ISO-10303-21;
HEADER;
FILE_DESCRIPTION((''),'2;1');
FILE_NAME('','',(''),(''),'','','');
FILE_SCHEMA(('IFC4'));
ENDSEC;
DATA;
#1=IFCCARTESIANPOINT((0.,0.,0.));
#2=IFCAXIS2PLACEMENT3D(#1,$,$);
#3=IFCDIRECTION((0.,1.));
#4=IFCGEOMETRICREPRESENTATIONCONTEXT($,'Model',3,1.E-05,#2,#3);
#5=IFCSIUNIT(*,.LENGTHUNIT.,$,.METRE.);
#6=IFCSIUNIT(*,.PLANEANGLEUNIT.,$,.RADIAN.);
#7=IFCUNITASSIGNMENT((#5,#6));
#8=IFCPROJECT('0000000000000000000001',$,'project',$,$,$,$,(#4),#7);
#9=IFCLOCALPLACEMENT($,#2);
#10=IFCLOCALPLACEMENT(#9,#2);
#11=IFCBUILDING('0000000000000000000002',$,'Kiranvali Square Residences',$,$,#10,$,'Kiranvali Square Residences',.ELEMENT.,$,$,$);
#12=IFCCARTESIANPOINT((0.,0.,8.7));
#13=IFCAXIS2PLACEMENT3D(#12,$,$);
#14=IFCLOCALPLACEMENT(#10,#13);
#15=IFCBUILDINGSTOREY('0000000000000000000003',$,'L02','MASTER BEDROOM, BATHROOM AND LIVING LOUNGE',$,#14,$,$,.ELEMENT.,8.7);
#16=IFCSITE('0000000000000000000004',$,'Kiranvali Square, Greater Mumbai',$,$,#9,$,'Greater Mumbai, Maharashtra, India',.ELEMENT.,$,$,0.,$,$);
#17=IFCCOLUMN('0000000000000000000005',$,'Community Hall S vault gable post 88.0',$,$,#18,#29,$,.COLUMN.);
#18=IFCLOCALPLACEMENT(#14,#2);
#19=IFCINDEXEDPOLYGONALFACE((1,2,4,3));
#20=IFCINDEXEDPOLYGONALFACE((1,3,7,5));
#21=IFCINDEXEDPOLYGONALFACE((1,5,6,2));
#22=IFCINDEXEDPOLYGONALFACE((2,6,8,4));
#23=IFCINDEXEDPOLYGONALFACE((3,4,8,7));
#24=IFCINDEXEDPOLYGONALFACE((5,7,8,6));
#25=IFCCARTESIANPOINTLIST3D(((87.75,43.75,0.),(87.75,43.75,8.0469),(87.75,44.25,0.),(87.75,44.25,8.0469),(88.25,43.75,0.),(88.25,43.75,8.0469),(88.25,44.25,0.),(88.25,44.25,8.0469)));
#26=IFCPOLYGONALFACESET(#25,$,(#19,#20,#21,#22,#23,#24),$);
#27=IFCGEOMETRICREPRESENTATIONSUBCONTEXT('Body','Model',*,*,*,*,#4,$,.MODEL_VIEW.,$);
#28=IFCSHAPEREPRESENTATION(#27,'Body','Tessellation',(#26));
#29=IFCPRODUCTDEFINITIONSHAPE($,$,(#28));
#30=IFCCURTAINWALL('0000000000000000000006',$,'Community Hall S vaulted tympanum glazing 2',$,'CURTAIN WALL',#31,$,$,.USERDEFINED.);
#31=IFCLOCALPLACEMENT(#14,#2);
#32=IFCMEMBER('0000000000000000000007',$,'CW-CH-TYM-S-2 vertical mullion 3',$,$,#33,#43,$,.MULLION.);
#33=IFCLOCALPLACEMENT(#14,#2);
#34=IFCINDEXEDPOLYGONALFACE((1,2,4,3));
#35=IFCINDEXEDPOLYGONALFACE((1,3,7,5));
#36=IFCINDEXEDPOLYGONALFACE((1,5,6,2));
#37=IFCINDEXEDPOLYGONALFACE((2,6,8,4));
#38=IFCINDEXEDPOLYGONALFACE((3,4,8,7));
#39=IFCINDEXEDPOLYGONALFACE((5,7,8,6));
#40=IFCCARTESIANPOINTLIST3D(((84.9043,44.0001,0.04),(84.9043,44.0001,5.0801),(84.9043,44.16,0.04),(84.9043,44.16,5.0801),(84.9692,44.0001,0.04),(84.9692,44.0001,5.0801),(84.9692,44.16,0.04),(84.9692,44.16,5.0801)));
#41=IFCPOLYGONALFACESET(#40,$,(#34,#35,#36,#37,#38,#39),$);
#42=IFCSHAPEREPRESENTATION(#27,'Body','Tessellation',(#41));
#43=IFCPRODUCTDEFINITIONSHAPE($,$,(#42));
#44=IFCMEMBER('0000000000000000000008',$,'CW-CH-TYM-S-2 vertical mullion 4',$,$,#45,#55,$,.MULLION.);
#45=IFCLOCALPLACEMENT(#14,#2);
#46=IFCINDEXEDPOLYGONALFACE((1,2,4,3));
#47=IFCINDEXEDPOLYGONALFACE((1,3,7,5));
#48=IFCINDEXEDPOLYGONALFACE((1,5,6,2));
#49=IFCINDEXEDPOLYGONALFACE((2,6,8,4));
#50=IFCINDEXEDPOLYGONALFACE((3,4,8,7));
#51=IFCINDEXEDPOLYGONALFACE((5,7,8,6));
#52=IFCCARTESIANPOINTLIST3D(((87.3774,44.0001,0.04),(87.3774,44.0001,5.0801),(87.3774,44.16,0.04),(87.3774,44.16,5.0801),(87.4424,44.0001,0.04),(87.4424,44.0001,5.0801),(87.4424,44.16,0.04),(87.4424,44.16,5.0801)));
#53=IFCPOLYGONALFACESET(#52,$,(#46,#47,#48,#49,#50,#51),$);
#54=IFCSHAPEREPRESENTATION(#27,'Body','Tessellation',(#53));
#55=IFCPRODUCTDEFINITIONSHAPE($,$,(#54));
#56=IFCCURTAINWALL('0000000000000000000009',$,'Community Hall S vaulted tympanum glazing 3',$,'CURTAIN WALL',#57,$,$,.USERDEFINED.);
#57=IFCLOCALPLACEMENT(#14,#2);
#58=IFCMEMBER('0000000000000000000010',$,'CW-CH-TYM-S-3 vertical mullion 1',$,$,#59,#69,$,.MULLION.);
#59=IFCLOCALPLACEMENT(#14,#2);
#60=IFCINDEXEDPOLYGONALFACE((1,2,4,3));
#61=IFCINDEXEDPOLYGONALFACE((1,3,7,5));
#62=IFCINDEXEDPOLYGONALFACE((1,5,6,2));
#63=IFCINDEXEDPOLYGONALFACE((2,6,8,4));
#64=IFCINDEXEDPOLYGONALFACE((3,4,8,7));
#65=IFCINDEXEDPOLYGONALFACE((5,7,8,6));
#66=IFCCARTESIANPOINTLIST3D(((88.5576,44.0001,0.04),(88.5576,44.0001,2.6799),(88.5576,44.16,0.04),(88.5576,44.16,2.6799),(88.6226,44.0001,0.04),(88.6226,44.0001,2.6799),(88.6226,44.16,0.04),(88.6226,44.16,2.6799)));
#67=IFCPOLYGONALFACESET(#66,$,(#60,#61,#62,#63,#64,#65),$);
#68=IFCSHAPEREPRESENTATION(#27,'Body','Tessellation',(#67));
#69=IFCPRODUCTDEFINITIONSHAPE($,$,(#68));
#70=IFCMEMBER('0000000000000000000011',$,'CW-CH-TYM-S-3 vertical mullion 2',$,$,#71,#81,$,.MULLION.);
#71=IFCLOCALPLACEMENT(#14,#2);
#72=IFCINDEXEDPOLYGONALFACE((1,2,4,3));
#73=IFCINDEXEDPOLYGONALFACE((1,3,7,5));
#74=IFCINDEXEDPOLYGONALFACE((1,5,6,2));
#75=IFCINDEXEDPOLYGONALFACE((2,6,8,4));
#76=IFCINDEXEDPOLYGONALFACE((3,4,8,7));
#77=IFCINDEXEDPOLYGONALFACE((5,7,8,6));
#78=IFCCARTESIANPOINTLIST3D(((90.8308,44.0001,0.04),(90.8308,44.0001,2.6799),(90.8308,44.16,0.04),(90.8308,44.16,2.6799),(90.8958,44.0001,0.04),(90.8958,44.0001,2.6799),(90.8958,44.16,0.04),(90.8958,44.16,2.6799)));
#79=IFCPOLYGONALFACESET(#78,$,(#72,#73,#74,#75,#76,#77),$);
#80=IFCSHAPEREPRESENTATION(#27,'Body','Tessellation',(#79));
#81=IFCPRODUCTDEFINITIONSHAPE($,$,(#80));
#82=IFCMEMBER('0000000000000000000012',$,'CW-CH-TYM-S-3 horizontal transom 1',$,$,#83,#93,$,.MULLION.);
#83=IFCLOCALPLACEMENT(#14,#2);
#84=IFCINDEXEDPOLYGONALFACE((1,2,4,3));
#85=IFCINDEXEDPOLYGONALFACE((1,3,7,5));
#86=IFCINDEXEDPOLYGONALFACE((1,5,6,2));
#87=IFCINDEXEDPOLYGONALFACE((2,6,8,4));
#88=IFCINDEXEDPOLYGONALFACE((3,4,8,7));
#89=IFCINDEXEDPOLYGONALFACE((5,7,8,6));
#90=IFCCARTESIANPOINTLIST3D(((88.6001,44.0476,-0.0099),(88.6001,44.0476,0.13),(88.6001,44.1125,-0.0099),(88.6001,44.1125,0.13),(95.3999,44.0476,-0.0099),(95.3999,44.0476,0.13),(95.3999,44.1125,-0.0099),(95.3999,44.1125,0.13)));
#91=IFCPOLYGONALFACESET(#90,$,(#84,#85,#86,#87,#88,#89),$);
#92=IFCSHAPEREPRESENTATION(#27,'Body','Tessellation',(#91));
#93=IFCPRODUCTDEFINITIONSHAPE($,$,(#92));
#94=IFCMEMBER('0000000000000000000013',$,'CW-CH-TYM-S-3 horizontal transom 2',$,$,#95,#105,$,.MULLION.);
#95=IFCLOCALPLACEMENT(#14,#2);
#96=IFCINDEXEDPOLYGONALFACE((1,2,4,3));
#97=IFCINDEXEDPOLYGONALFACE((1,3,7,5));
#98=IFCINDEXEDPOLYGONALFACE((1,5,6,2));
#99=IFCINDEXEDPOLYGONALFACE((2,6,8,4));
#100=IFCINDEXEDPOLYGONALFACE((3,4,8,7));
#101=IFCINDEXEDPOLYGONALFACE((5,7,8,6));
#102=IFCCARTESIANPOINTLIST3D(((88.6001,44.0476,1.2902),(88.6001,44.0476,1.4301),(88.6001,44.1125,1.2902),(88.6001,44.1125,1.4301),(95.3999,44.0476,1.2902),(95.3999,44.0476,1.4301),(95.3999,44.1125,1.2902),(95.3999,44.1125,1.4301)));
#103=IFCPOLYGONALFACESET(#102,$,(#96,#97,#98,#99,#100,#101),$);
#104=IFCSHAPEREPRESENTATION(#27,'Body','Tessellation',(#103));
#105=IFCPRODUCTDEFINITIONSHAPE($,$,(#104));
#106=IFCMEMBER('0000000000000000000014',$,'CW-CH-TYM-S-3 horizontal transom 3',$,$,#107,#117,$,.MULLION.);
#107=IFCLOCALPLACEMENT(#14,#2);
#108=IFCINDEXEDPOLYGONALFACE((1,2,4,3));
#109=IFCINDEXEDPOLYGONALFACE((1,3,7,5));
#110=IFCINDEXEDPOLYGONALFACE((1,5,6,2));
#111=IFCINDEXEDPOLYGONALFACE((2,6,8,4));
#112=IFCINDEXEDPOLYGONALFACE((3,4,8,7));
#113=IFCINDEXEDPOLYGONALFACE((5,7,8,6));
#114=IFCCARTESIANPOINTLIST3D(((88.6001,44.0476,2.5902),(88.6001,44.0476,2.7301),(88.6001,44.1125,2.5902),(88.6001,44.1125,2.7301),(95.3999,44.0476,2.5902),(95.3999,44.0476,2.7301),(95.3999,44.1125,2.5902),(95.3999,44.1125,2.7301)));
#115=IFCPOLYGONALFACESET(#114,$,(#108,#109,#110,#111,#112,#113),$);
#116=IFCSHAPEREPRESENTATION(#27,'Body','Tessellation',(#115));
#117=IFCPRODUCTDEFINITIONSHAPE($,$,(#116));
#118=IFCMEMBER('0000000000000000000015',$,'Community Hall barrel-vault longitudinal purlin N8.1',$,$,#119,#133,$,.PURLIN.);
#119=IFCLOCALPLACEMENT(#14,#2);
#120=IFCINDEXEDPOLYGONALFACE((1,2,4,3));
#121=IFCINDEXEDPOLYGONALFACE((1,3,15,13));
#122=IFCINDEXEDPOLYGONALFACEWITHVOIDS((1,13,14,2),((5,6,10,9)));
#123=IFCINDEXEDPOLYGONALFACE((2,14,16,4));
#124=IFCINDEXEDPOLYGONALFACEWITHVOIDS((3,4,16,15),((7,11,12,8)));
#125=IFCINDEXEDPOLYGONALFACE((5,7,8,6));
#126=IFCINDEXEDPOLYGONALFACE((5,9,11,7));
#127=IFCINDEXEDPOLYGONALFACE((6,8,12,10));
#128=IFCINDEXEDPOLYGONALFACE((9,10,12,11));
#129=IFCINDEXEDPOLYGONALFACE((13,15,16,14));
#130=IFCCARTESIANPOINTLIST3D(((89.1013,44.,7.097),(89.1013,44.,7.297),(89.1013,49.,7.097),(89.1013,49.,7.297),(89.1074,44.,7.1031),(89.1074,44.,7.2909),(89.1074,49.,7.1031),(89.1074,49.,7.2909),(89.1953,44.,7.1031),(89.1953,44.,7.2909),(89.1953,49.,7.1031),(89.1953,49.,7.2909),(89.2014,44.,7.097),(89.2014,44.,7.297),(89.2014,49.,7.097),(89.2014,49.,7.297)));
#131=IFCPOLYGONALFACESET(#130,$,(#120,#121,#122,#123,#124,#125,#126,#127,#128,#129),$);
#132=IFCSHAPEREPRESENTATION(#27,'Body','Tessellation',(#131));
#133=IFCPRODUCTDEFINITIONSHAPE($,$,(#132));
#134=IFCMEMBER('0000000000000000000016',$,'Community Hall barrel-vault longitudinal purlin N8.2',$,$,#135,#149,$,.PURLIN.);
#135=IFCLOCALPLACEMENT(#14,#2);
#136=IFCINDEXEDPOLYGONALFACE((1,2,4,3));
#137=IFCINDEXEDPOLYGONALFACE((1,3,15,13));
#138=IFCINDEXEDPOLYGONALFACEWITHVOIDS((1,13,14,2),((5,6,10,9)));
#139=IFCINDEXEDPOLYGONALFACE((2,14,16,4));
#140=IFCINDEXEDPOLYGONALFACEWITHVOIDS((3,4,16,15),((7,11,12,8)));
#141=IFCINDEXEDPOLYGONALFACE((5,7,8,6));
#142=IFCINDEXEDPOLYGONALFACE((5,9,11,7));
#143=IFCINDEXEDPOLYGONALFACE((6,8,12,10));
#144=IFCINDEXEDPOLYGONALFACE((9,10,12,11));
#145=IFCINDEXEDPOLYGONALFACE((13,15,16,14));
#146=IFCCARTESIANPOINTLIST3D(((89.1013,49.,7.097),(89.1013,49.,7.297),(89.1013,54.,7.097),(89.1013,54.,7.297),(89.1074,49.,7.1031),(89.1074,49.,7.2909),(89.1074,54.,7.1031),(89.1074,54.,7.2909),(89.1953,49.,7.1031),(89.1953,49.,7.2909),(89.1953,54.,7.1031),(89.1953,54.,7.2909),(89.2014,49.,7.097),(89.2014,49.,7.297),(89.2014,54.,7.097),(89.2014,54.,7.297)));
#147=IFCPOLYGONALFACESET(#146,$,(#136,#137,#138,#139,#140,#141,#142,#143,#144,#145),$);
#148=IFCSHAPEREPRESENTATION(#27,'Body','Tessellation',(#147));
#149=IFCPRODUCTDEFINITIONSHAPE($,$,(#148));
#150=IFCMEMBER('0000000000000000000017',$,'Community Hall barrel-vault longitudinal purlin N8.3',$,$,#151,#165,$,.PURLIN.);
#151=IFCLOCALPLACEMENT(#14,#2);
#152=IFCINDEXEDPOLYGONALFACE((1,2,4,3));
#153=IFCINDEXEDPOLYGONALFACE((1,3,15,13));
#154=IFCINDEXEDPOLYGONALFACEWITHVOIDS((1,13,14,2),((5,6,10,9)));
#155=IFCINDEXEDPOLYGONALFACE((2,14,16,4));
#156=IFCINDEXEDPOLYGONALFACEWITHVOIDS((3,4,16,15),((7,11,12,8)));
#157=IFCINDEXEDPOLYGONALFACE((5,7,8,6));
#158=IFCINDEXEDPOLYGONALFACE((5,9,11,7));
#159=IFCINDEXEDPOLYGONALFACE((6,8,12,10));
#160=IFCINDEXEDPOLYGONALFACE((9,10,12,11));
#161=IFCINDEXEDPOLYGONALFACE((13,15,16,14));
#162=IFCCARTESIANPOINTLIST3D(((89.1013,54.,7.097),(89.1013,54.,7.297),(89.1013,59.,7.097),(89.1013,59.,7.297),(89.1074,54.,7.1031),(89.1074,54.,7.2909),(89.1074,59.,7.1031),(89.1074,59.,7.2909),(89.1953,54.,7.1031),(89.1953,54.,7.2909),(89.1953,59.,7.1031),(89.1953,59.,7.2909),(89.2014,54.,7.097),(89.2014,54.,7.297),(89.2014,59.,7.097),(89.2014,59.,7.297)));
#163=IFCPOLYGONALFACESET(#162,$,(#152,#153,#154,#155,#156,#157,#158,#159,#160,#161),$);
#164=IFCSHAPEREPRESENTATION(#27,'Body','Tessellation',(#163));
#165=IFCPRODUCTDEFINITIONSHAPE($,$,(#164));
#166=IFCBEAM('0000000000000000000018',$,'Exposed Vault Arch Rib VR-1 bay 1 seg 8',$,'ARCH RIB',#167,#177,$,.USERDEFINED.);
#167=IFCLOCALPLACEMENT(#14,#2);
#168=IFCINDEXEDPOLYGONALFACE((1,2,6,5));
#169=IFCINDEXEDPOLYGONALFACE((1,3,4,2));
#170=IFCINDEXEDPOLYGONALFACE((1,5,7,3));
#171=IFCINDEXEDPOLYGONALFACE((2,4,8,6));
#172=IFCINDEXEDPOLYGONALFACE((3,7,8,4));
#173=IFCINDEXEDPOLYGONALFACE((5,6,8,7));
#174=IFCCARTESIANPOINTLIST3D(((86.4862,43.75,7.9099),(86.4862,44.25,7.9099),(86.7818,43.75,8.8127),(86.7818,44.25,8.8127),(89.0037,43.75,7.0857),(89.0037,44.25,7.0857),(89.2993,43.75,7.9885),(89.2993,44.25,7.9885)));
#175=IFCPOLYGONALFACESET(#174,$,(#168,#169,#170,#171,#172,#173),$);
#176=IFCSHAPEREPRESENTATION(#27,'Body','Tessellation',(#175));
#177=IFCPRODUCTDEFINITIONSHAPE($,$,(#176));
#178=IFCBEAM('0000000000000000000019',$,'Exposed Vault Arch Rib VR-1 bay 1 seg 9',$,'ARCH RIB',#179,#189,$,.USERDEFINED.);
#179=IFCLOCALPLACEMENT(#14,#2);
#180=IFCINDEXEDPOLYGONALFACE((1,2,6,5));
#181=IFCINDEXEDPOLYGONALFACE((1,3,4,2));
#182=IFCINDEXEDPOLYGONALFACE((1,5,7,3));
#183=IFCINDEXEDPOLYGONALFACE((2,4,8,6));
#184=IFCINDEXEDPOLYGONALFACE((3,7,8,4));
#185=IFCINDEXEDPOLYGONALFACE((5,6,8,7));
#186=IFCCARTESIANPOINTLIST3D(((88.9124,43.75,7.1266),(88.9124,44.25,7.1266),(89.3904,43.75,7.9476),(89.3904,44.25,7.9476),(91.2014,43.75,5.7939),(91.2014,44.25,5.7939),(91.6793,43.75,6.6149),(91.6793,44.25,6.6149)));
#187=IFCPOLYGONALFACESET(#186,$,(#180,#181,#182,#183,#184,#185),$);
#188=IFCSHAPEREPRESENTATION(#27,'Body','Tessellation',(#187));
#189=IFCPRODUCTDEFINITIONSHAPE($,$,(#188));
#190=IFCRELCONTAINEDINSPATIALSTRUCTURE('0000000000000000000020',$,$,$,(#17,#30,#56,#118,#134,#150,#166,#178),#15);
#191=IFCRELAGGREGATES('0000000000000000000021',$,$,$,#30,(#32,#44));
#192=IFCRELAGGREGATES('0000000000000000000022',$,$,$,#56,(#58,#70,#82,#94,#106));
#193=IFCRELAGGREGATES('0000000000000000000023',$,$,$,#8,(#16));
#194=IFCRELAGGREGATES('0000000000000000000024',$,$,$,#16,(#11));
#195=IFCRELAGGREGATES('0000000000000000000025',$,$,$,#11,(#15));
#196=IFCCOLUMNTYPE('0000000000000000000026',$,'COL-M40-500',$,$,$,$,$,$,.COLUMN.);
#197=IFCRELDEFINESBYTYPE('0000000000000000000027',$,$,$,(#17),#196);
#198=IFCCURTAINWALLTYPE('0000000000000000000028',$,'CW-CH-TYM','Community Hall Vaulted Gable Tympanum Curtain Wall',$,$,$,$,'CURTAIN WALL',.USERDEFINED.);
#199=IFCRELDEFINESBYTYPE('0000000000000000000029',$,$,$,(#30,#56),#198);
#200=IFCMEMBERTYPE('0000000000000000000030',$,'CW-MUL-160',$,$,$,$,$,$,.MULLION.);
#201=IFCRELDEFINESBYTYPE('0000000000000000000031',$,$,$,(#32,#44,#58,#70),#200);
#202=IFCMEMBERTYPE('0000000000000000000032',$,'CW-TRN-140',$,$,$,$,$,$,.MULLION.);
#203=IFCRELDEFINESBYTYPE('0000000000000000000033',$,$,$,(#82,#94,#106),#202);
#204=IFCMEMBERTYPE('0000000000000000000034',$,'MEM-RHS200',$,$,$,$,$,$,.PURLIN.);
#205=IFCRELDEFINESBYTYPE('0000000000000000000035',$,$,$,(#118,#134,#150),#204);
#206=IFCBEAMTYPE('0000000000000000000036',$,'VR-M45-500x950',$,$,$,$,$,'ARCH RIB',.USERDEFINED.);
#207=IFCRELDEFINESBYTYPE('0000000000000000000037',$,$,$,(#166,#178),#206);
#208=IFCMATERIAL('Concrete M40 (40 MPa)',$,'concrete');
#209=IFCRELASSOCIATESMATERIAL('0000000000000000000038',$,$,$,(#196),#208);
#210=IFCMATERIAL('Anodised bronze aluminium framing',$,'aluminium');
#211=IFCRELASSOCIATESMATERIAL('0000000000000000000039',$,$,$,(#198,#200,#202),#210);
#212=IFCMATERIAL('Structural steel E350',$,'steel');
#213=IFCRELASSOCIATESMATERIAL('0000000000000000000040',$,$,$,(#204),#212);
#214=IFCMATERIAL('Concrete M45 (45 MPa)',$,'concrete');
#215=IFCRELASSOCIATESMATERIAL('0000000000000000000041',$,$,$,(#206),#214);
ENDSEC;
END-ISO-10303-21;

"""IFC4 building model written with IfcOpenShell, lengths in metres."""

from ifc_helpers import new_model, si_unit, direction, frame, origin, origin_2d, place, context, subcontext, project, spatial, rectangle, hollow_rectangle, extrude, material, material_profile, profile_set, type_object, element, aggregate, save


model = new_model("IFC4")

# Units and contexts
model_context = context("Model", 3, precision=1e-05, world=origin(), true_north=direction((0.0, 1.0)))
body_context = subcontext(model_context, "Body", "Model", "MODEL_VIEW")
ifc_project = project(units=[si_unit("LENGTHUNIT", "METRE"), si_unit("PLANEANGLEUNIT", "RADIAN")], contexts=[model_context])

# Site, building, storey
site_placement = place(None, origin())
site = spatial("IfcSite", under=ifc_project, at=site_placement, Name="Kiranvali Square, Greater Mumbai", LongName="Greater Mumbai, Maharashtra, India", CompositionType="ELEMENT", RefElevation=0.0)
building_placement = place(site_placement, origin())
building = spatial("IfcBuilding", under=site, at=building_placement, Name="Kiranvali Square Residences", LongName="Kiranvali Square Residences", CompositionType="ELEMENT")
storey_placement = place(building_placement, frame((0.0, 0.0, 8.7)))
storey = spatial("IfcBuildingStorey", under=building, at=storey_placement, Name="L02", Description="MASTER BEDROOM, BATHROOM AND LIVING LOUNGE", CompositionType="ELEMENT", Elevation=8.7)

# Column
ifc_material_1 = material(Name="Concrete M40 (40 MPa)", Category="concrete")
ifc_material_profile_1 = material_profile(ifc_material_1, rectangle(XDim=0.5, YDim=0.5, at=origin_2d()), Name="RC 500x500")
ifc_profile_set_1 = profile_set([ifc_material_profile_1], Name="Concrete M40 (40 MPa)")
column_type = type_object("IfcColumnType", Name="COL-M40-500", PredefinedType="COLUMN", material=ifc_profile_set_1)
column_placement = place(storey_placement, frame((88.0, 44.0, 0.0), z_axis=(0.0, 0.0, 1.0), x_axis=(1.0, 0.0, 0.0)))
element("IfcColumn", 1, at=column_placement, inside=storey, type_object=column_type, Name="Community Hall S vault gable post 88.0", PredefinedType="COLUMN", context=body_context, shape_type="SweptSolid", body=[
    extrude(rectangle(XDim=0.5, YDim=0.5, at=origin_2d()), origin(), (0.0, 0.0, 1.0), 8.0469),
])

# Curtain walls, members
ifc_material_2 = material(Name="Anodised bronze aluminium framing", Category="aluminium")
curtain_wall_type = type_object("IfcCurtainWallType", Name="CW-CH-TYM", Description="Community Hall Vaulted Gable Tympanum Curtain Wall", ElementType="CURTAIN WALL", PredefinedType="USERDEFINED", material=ifc_material_2)
curtain_wall_1_placement = place(storey_placement, origin())
curtain_wall_1 = element("IfcCurtainWall", 2, at=curtain_wall_1_placement, inside=storey, type_object=curtain_wall_type, Name="Community Hall S vaulted tympanum glazing 2", ObjectType="CURTAIN WALL", PredefinedType="USERDEFINED")
ifc_material_profile_2 = material_profile(ifc_material_2, rectangle(XDim=0.0649, YDim=0.1599, at=origin_2d()), Name="ALU 65x160")
ifc_profile_set_2 = profile_set([ifc_material_profile_2], Name="Anodised bronze aluminium framing")
member_type_1 = type_object("IfcMemberType", Name="CW-MUL-160", PredefinedType="MULLION", material=ifc_profile_set_2)
member_1_placement = place(storey_placement, frame((84.9368, 44.0801, 0.04), z_axis=(0.0, 0.0, 1.0), x_axis=(1.0, 0.0, 0.0)))
member_1 = element("IfcMember", 3, at=member_1_placement, type_object=member_type_1, Name="CW-CH-TYM-S-2 vertical mullion 3", PredefinedType="MULLION", context=body_context, shape_type="SweptSolid", body=[
    extrude(rectangle(XDim=0.0649, YDim=0.1599, at=origin_2d()), origin(), (0.0, 0.0, 1.0), 5.04),
])
member_2_placement = place(storey_placement, frame((87.4099, 44.0801, 0.04), z_axis=(0.0, 0.0, 1.0), x_axis=(1.0, 0.0, 0.0)))
member_2 = element("IfcMember", 4, at=member_2_placement, type_object=member_type_1, Name="CW-CH-TYM-S-2 vertical mullion 4", PredefinedType="MULLION", context=body_context, shape_type="SweptSolid", body=[
    extrude(rectangle(XDim=0.0649, YDim=0.1599, at=origin_2d()), origin(), (0.0, 0.0, 1.0), 5.04),
])
curtain_wall_2_placement = place(storey_placement, origin())
curtain_wall_2 = element("IfcCurtainWall", 5, at=curtain_wall_2_placement, inside=storey, type_object=curtain_wall_type, Name="Community Hall S vaulted tympanum glazing 3", ObjectType="CURTAIN WALL", PredefinedType="USERDEFINED")
member_3_placement = place(storey_placement, frame((88.5901, 44.0801, 0.04), z_axis=(0.0, 0.0, 1.0), x_axis=(1.0, 0.0, 0.0)))
member_3 = element("IfcMember", 6, at=member_3_placement, type_object=member_type_1, Name="CW-CH-TYM-S-3 vertical mullion 1", PredefinedType="MULLION", context=body_context, shape_type="SweptSolid", body=[
    extrude(rectangle(XDim=0.0649, YDim=0.1599, at=origin_2d()), origin(), (0.0, 0.0, 1.0), 2.6399),
])
member_4_placement = place(storey_placement, frame((90.8633, 44.0801, 0.04), z_axis=(0.0, 0.0, 1.0), x_axis=(1.0, 0.0, 0.0)))
member_4 = element("IfcMember", 7, at=member_4_placement, type_object=member_type_1, Name="CW-CH-TYM-S-3 vertical mullion 2", PredefinedType="MULLION", context=body_context, shape_type="SweptSolid", body=[
    extrude(rectangle(XDim=0.0649, YDim=0.1599, at=origin_2d()), origin(), (0.0, 0.0, 1.0), 2.6399),
])
ifc_material_profile_3 = material_profile(ifc_material_2, rectangle(XDim=0.0649, YDim=0.1399, at=origin_2d()), Name="ALU 65x140")
ifc_profile_set_3 = profile_set([ifc_material_profile_3], Name="Anodised bronze aluminium framing")
member_type_2 = type_object("IfcMemberType", Name="CW-TRN-140", PredefinedType="MULLION", material=ifc_profile_set_3)
member_5_placement = place(storey_placement, frame((88.6001, 44.0801, 0.0601), z_axis=(1.0, 0.0, 0.0), x_axis=(0.0, 1.0, 0.0)))
member_5 = element("IfcMember", 8, at=member_5_placement, type_object=member_type_2, Name="CW-CH-TYM-S-3 horizontal transom 1", PredefinedType="MULLION", context=body_context, shape_type="SweptSolid", body=[
    extrude(rectangle(XDim=0.0649, YDim=0.1399, at=origin_2d()), origin(), (0.0, 0.0, 1.0), 6.7998),
])
member_6_placement = place(storey_placement, frame((88.6001, 44.0801, 1.3601), z_axis=(1.0, 0.0, 0.0), x_axis=(0.0, 1.0, 0.0)))
member_6 = element("IfcMember", 9, at=member_6_placement, type_object=member_type_2, Name="CW-CH-TYM-S-3 horizontal transom 2", PredefinedType="MULLION", context=body_context, shape_type="SweptSolid", body=[
    extrude(rectangle(XDim=0.0649, YDim=0.1399, at=origin_2d()), origin(), (0.0, 0.0, 1.0), 6.7998),
])
member_7_placement = place(storey_placement, frame((88.6001, 44.0801, 2.6602), z_axis=(1.0, 0.0, 0.0), x_axis=(0.0, 1.0, 0.0)))
member_7 = element("IfcMember", 10, at=member_7_placement, type_object=member_type_2, Name="CW-CH-TYM-S-3 horizontal transom 3", PredefinedType="MULLION", context=body_context, shape_type="SweptSolid", body=[
    extrude(rectangle(XDim=0.0649, YDim=0.1399, at=origin_2d()), origin(), (0.0, 0.0, 1.0), 6.7998),
])

# Members
ifc_material_3 = material(Name="Structural steel E350", Category="steel")
ifc_material_profile_4 = material_profile(ifc_material_3, hollow_rectangle(XDim=0.1001, YDim=0.2, WallThickness=0.0061, at=origin_2d()), Name="RHS 200x100x6.0")
ifc_profile_set_4 = profile_set([ifc_material_profile_4], Name="Structural steel E350")
member_type_3 = type_object("IfcMemberType", Name="MEM-RHS200", PredefinedType="PURLIN", material=ifc_profile_set_4)
for number, where, z_axis, x_axis, name in (
    (11, (89.1514, 44.0, 7.197), (0.0, 1.0, 0.0), (-1.0, 0.0, 0.0), "Community Hall barrel-vault longitudinal purlin N8.1"),
    (12, (89.1514, 49.0, 7.197), (0.0, 1.0, 0.0), (-1.0, 0.0, 0.0), "Community Hall barrel-vault longitudinal purlin N8.2"),
    (13, (89.1514, 54.0, 7.197), (0.0, 1.0, 0.0), (-1.0, 0.0, 0.0), "Community Hall barrel-vault longitudinal purlin N8.3"),
):
    element("IfcMember", number, at=place(storey_placement, frame(where, z_axis=z_axis, x_axis=x_axis)), inside=storey, type_object=member_type_3, Name=name, PredefinedType="PURLIN", context=body_context, shape_type="SweptSolid", body=[
        extrude(hollow_rectangle(XDim=0.1001, YDim=0.2, WallThickness=0.0061, at=origin_2d()), origin(), (0.0, 0.0, 1.0), 5.0),
    ])

# Beams
ifc_material_4 = material(Name="Concrete M45 (45 MPa)", Category="concrete")
ifc_material_profile_5 = material_profile(ifc_material_4, rectangle(XDim=0.5, YDim=0.95, at=origin_2d()), Name="RC 500x950")
ifc_profile_set_5 = profile_set([ifc_material_profile_5], Name="Concrete M45 (45 MPa)")
beam_type = type_object("IfcBeamType", Name="VR-M45-500x950", ElementType="ARCH RIB", PredefinedType="USERDEFINED", material=ifc_profile_set_5)
beam_1_placement = place(storey_placement, frame((86.634, 44.0, 8.3613), z_axis=(0.950356, 0.0, -0.311163), x_axis=(0.0, 1.0, 0.0)))
element("IfcBeam", 14, at=beam_1_placement, inside=storey, type_object=beam_type, Name="Exposed Vault Arch Rib VR-1 bay 1 seg 8", ObjectType="ARCH RIB", PredefinedType="USERDEFINED", context=body_context, shape_type="SweptSolid", body=[
    extrude(rectangle(XDim=0.5, YDim=0.95, at=origin_2d()), origin(), (0.0, 0.0, 1.0), 2.6489),
])
beam_2_placement = place(storey_placement, frame((89.1514, 44.0, 7.5371), z_axis=(0.864193, 0.0, -0.50316), x_axis=(0.0, 1.0, 0.0)))
element("IfcBeam", 15, at=beam_2_placement, inside=storey, type_object=beam_type, Name="Exposed Vault Arch Rib VR-1 bay 1 seg 9", ObjectType="ARCH RIB", PredefinedType="USERDEFINED", context=body_context, shape_type="SweptSolid", body=[
    extrude(rectangle(XDim=0.5, YDim=0.95, at=origin_2d()), origin(), (0.0, 0.0, 1.0), 2.6487),
])

aggregate(curtain_wall_1, [member_1, member_2])
aggregate(curtain_wall_2, [member_3, member_4, member_5, member_6, member_7])

save(model, "model.ifc")
